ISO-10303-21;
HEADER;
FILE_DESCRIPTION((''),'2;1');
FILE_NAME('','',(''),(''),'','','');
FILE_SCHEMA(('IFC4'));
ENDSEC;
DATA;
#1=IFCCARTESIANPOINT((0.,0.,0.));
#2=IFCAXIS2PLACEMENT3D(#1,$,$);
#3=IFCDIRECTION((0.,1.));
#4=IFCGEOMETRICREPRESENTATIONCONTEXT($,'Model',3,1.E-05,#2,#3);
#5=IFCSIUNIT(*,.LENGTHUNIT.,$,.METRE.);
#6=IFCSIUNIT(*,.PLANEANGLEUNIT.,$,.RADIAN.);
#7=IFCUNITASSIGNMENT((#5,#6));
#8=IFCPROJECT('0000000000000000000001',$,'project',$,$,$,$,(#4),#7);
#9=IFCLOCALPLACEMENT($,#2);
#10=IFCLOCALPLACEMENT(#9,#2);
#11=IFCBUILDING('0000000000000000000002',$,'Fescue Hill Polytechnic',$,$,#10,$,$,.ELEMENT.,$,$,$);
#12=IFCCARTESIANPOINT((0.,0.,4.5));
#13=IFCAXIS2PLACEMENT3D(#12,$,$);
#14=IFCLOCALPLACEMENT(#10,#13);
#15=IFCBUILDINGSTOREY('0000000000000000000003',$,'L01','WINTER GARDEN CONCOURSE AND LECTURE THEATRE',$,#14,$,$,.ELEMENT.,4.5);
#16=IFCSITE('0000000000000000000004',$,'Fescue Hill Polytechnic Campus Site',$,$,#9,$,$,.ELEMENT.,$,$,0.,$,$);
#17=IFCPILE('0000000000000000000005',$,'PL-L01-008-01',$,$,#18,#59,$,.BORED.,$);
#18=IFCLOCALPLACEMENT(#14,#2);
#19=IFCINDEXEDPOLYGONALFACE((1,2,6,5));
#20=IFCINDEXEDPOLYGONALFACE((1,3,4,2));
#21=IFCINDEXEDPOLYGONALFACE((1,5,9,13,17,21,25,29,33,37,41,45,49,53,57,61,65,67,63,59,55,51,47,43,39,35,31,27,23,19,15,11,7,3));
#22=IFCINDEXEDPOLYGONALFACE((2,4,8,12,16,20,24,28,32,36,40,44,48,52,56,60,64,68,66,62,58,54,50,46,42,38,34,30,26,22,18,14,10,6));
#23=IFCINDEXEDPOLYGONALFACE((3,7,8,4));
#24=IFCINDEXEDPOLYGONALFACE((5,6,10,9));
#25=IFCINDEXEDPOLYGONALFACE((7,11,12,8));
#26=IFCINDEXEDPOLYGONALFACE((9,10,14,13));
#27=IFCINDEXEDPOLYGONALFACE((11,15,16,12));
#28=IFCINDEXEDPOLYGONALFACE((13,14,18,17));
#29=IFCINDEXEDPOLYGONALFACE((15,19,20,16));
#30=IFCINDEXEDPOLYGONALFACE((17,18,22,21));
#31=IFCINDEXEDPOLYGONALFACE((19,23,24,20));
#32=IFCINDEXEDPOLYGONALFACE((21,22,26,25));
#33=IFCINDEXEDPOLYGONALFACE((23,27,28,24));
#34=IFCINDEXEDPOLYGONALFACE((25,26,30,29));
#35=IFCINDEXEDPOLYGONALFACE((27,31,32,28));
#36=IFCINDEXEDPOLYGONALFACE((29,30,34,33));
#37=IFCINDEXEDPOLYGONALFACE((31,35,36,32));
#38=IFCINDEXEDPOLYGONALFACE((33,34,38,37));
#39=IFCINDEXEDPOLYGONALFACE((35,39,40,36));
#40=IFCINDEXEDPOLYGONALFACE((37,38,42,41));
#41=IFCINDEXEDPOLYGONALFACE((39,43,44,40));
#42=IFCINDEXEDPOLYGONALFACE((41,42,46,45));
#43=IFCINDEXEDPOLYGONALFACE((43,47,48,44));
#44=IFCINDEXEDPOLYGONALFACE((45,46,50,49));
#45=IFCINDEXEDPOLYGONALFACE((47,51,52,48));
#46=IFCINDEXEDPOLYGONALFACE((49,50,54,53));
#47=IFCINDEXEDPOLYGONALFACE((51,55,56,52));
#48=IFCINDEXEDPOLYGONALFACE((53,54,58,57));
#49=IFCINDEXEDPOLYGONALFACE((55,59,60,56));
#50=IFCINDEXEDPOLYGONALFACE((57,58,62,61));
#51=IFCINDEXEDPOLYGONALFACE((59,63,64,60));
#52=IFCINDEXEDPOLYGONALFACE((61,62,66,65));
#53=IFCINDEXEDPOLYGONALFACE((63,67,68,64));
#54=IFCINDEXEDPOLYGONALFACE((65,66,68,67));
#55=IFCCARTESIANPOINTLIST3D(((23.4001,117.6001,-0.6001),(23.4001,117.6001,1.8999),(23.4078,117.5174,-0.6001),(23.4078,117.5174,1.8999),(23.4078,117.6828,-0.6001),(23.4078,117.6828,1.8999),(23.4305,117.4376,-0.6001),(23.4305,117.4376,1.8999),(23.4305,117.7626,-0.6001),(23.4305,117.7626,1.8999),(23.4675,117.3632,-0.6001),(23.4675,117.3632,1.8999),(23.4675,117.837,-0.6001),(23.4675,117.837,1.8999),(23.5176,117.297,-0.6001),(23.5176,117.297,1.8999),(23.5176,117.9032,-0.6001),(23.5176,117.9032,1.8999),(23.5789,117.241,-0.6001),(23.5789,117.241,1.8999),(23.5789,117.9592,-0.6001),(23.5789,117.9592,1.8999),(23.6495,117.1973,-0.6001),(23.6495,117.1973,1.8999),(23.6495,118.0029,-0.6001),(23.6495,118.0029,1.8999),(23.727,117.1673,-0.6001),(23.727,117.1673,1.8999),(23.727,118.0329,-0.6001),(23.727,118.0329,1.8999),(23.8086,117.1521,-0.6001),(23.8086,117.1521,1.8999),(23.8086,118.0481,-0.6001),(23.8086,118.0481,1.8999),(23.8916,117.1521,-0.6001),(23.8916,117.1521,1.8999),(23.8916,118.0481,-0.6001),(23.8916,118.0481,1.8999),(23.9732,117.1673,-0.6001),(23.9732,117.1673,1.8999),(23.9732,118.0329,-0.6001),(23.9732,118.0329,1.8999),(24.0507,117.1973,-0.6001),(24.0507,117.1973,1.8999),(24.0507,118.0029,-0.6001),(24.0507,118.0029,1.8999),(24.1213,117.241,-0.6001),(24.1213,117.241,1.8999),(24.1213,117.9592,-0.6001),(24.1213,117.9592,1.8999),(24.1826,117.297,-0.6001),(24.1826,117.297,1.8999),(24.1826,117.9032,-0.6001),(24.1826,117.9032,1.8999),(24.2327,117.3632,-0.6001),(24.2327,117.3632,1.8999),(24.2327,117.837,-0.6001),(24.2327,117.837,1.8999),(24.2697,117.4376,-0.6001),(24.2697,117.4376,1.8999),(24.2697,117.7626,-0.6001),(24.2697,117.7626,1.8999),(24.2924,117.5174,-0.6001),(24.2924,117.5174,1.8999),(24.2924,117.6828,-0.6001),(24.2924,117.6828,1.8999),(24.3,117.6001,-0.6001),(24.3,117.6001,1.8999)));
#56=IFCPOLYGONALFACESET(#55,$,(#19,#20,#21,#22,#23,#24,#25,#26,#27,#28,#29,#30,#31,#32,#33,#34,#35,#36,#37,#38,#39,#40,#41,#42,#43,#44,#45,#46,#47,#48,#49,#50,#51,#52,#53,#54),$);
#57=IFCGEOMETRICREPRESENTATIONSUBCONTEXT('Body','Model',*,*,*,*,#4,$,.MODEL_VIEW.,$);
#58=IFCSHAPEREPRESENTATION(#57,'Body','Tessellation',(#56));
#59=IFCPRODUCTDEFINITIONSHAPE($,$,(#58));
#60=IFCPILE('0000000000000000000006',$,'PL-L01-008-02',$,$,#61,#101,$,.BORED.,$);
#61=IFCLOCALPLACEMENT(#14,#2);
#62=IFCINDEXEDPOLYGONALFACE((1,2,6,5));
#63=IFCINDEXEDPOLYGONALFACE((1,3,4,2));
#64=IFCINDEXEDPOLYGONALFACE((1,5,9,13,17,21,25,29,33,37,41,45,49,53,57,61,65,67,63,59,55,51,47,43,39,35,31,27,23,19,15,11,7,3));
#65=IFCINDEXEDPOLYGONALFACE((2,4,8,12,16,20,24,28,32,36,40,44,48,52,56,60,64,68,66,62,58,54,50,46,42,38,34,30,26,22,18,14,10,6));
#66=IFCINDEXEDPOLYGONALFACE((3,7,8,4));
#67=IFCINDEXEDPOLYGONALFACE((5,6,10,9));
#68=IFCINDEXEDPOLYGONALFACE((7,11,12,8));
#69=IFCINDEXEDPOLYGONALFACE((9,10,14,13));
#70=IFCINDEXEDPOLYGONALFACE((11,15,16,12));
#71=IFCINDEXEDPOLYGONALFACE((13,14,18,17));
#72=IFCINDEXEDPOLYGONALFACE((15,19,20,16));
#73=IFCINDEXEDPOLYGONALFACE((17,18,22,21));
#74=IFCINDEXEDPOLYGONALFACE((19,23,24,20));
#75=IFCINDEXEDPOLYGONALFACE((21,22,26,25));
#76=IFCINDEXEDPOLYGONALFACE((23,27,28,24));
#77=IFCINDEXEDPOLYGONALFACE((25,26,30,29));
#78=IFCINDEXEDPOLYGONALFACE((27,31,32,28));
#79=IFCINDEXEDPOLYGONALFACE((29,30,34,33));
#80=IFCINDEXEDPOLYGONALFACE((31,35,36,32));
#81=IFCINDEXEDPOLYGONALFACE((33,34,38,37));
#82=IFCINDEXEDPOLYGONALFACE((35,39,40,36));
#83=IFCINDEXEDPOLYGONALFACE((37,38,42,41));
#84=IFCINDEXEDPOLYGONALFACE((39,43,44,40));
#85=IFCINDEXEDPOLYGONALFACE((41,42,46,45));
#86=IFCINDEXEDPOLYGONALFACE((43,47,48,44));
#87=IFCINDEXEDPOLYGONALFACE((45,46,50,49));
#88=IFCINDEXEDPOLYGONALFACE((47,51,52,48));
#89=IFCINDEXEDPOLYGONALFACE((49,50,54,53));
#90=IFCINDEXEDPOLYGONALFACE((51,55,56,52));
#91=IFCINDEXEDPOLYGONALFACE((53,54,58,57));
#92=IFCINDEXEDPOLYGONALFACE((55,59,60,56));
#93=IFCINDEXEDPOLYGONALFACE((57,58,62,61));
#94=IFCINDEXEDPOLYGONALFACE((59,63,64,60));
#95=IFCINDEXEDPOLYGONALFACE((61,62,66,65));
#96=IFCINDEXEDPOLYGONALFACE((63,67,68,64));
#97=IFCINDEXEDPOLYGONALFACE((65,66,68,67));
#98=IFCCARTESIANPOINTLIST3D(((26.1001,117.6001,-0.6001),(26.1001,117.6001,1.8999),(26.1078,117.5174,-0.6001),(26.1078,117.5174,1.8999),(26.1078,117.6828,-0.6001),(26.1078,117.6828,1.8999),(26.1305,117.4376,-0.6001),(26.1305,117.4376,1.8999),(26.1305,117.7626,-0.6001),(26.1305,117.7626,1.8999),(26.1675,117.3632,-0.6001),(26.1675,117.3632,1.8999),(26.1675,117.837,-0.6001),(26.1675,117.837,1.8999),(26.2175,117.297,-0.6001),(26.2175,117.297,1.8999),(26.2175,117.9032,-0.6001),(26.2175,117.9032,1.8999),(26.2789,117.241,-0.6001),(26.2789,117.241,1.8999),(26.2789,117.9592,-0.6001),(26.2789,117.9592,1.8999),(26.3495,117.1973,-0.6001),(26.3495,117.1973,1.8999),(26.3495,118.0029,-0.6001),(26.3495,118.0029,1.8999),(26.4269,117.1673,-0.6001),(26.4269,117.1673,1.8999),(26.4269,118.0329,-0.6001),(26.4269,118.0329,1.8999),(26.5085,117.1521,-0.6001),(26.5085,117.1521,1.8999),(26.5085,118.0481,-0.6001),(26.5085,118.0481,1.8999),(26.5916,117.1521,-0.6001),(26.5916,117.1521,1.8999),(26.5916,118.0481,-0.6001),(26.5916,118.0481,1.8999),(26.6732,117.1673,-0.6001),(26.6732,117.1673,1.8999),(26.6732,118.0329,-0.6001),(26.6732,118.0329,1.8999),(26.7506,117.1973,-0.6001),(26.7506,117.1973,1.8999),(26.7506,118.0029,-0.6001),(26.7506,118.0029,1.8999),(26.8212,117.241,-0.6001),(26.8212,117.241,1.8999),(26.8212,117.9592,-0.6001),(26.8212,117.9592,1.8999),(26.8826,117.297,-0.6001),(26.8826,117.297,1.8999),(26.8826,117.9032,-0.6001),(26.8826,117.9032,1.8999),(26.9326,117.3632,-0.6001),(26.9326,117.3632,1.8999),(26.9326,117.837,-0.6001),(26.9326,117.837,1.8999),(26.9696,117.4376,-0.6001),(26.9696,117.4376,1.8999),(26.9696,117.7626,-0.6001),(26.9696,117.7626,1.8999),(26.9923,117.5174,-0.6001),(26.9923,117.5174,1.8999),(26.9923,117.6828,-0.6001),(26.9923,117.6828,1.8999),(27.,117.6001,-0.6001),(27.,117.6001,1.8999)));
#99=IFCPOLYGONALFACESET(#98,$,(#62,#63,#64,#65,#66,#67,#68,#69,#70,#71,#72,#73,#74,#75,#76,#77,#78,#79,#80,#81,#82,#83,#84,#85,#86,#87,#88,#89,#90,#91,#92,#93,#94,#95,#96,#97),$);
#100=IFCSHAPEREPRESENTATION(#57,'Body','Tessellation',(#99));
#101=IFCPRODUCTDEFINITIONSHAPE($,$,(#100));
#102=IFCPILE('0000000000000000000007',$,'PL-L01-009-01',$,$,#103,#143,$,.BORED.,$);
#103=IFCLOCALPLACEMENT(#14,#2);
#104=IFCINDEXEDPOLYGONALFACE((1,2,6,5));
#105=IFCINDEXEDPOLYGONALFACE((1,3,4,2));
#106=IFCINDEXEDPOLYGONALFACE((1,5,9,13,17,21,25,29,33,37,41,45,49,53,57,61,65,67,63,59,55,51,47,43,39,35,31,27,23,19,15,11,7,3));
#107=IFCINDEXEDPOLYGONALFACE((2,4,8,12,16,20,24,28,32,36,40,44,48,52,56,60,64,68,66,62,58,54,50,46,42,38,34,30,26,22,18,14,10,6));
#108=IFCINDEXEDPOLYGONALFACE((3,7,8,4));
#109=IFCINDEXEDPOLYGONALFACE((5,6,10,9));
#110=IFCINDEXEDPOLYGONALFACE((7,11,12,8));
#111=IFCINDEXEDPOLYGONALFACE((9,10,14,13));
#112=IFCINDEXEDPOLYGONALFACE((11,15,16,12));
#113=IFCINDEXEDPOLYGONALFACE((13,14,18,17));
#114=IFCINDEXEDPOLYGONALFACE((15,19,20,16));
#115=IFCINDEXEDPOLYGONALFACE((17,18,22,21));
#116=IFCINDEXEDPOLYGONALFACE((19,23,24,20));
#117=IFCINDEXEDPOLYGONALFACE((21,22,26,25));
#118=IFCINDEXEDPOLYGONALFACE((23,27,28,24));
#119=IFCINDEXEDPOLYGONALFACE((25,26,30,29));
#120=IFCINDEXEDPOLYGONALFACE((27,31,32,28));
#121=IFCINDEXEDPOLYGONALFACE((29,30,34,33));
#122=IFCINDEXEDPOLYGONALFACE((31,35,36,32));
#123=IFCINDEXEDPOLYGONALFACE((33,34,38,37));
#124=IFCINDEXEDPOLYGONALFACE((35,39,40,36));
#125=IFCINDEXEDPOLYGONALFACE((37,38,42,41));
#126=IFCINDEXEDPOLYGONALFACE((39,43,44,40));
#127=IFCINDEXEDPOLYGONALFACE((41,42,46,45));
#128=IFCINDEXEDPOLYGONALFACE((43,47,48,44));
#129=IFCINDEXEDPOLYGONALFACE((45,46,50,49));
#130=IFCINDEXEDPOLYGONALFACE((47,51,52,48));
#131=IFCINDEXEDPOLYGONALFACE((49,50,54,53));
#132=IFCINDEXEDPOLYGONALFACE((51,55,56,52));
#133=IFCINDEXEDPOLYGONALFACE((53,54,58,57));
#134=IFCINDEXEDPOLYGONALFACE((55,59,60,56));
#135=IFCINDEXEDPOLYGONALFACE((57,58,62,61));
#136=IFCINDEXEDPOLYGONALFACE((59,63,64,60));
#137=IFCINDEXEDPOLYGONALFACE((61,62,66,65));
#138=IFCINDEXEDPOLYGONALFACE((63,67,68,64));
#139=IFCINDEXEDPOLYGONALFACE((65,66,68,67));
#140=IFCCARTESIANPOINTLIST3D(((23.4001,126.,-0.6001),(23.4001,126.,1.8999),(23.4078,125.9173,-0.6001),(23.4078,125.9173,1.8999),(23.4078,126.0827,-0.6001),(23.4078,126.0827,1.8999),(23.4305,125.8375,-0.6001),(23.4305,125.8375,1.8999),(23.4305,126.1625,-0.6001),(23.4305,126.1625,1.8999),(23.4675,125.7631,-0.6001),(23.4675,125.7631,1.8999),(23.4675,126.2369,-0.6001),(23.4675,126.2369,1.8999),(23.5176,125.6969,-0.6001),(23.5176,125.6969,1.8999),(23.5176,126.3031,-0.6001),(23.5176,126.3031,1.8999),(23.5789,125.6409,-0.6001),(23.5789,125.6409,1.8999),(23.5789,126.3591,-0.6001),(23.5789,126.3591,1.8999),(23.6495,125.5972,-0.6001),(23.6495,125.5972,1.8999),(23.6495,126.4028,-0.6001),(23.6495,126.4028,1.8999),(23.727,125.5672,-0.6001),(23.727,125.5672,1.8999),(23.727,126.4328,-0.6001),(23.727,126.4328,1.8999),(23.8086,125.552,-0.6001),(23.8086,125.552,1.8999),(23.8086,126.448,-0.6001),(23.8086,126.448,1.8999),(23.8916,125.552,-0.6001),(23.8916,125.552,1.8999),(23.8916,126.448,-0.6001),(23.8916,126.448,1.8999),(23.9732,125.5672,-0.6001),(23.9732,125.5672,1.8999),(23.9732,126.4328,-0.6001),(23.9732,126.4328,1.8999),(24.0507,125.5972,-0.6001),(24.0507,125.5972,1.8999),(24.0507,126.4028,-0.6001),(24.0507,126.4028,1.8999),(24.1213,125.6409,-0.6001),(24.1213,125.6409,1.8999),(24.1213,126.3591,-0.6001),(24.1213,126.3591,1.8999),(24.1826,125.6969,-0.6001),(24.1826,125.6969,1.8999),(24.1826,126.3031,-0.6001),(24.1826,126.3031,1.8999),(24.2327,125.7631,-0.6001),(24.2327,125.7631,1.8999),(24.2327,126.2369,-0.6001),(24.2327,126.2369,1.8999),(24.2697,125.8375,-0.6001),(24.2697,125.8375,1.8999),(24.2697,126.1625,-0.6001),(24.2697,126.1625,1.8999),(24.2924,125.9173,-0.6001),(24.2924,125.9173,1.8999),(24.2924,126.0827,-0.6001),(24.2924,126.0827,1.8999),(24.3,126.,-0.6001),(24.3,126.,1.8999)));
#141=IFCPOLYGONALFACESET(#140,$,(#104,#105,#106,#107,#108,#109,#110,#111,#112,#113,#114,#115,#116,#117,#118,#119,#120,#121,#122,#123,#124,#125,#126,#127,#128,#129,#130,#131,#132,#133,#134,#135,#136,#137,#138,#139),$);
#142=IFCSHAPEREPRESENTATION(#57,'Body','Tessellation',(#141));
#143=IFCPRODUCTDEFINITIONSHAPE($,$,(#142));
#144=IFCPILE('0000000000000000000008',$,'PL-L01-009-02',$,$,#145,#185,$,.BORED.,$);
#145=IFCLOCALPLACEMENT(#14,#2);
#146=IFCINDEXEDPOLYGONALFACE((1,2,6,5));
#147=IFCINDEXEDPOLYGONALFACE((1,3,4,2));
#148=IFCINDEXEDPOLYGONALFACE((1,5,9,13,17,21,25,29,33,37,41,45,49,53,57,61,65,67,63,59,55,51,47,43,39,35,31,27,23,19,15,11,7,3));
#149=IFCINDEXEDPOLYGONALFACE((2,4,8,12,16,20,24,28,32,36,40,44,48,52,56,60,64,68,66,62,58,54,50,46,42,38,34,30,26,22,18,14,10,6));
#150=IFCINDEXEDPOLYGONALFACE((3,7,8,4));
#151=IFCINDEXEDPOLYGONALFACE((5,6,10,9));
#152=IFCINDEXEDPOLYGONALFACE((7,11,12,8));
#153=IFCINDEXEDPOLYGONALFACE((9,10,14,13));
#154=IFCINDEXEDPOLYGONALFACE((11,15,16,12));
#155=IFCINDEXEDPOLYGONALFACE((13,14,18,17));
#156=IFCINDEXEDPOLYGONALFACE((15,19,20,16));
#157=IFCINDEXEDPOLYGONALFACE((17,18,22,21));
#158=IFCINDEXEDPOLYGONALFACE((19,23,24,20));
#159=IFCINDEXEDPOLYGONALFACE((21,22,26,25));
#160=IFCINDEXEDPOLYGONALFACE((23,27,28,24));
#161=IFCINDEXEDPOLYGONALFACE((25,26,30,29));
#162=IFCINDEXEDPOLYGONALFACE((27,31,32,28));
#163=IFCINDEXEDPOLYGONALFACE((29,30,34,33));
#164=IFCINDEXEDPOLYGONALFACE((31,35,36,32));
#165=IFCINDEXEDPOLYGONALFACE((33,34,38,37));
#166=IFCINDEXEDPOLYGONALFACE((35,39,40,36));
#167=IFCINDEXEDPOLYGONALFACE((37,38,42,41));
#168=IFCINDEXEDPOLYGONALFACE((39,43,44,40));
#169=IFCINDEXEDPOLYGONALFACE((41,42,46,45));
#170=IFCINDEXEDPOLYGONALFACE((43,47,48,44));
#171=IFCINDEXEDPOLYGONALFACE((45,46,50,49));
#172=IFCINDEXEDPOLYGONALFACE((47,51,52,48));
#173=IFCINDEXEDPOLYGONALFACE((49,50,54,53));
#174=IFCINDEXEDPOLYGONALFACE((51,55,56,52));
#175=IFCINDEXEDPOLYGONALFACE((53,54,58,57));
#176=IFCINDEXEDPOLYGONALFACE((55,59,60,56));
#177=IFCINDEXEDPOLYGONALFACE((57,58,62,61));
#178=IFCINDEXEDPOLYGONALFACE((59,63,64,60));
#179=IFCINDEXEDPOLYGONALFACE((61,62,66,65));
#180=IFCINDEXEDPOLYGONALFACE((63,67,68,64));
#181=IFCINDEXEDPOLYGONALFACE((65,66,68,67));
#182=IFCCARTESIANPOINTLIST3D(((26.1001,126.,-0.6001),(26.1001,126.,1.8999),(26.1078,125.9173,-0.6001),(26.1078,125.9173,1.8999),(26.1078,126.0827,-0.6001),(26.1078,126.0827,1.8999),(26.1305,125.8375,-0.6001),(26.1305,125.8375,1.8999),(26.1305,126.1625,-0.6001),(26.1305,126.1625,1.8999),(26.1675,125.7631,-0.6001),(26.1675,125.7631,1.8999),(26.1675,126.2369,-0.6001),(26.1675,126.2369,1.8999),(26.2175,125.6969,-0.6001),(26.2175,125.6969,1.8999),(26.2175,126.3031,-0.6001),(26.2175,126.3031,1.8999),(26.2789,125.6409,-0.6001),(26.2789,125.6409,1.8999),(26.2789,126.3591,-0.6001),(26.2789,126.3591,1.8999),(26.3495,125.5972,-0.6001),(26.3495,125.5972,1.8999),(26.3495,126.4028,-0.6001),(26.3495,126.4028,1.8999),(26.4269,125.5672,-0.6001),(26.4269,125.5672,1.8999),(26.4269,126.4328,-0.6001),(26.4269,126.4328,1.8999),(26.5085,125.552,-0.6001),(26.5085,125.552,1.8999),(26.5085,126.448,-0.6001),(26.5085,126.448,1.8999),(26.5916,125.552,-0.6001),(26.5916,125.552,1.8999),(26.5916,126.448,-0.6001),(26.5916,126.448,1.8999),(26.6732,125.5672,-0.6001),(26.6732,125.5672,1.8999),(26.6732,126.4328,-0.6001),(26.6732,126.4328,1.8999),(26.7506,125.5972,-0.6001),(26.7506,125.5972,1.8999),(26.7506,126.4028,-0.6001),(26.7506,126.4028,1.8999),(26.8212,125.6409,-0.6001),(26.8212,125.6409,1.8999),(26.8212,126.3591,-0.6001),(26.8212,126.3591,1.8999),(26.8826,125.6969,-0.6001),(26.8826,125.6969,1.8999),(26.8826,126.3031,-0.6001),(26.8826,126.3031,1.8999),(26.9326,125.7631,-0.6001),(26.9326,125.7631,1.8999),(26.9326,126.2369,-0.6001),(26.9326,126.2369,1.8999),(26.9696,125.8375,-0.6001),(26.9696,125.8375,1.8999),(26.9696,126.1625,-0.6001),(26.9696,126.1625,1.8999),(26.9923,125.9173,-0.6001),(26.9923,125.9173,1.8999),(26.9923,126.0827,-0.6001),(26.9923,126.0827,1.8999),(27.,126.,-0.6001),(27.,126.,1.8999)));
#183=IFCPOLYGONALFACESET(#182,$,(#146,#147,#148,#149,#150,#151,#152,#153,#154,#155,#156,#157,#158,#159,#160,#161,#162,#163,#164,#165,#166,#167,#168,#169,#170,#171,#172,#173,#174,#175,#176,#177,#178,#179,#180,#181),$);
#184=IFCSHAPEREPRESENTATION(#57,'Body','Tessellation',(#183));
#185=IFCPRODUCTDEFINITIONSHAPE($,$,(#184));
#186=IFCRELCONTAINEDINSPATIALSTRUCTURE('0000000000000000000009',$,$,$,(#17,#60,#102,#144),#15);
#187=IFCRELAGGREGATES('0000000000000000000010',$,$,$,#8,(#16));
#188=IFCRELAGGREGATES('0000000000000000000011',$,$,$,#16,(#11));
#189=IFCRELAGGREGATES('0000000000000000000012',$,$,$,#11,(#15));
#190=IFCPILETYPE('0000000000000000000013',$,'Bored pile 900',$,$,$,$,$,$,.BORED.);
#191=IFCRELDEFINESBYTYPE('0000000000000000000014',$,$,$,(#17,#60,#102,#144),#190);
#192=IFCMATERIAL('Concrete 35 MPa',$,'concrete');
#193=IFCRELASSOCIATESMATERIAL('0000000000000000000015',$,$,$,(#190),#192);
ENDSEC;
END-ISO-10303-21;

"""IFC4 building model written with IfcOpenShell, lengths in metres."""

from ifc_helpers import new_model, si_unit, direction, frame, origin, origin_2d, place, context, subcontext, project, spatial, circle, extrude, material, material_profile, profile_set, type_object, element, save


model = new_model("IFC4")

# Units and contexts
model_context = context("Model", 3, precision=1e-05, world=origin(), true_north=direction((0.0, 1.0)))
body_context = subcontext(model_context, "Body", "Model", "MODEL_VIEW")
ifc_project = project(units=[si_unit("LENGTHUNIT", "METRE"), si_unit("PLANEANGLEUNIT", "RADIAN")], contexts=[model_context])

# Site, building, storey
site_placement = place(None, origin())
site = spatial("IfcSite", under=ifc_project, at=site_placement, Name="Fescue Hill Polytechnic Campus Site", CompositionType="ELEMENT", RefElevation=0.0)
building_placement = place(site_placement, origin())
building = spatial("IfcBuilding", under=site, at=building_placement, Name="Fescue Hill Polytechnic", CompositionType="ELEMENT")
storey_placement = place(building_placement, frame((0.0, 0.0, 4.5)))
storey = spatial("IfcBuildingStorey", under=building, at=storey_placement, Name="L01", Description="WINTER GARDEN CONCOURSE AND LECTURE THEATRE", CompositionType="ELEMENT", Elevation=4.5)

# Piles
ifc_material_1 = material(Name="Concrete 35 MPa", Category="concrete")
ifc_material_profile_1 = material_profile(ifc_material_1, circle(Radius=0.45, at=origin_2d()), Name="Bored pile 900")
ifc_profile_set_1 = profile_set([ifc_material_profile_1], Name="Concrete 35 MPa")
pile_type = type_object("IfcPileType", Name="Bored pile 900", PredefinedType="BORED", material=ifc_profile_set_1)
for number, where, z_axis, x_axis, name in (
    (1, (23.8501, 117.6001, 1.8999), (0.0, 0.0, -1.0), (1.0, 0.0, 0.0), "PL-L01-008-01"),
    (2, (26.55, 117.6001, 1.8999), (0.0, 0.0, -1.0), (1.0, 0.0, 0.0), "PL-L01-008-02"),
    (3, (23.8501, 126.0, 1.8999), (0.0, 0.0, -1.0), (1.0, 0.0, 0.0), "PL-L01-009-01"),
    (4, (26.55, 126.0, 1.8999), (0.0, 0.0, -1.0), (1.0, 0.0, 0.0), "PL-L01-009-02"),
):
    element("IfcPile", number, at=place(storey_placement, frame(where, z_axis=z_axis, x_axis=x_axis)), inside=storey, type_object=pile_type, Name=name, PredefinedType="BORED", context=body_context, shape_type="SweptSolid", body=[
        extrude(circle(Radius=0.45, at=origin_2d()), origin(), (0.0, 0.0, 1.0), 2.5),
    ])

save(model, "model.ifc")
